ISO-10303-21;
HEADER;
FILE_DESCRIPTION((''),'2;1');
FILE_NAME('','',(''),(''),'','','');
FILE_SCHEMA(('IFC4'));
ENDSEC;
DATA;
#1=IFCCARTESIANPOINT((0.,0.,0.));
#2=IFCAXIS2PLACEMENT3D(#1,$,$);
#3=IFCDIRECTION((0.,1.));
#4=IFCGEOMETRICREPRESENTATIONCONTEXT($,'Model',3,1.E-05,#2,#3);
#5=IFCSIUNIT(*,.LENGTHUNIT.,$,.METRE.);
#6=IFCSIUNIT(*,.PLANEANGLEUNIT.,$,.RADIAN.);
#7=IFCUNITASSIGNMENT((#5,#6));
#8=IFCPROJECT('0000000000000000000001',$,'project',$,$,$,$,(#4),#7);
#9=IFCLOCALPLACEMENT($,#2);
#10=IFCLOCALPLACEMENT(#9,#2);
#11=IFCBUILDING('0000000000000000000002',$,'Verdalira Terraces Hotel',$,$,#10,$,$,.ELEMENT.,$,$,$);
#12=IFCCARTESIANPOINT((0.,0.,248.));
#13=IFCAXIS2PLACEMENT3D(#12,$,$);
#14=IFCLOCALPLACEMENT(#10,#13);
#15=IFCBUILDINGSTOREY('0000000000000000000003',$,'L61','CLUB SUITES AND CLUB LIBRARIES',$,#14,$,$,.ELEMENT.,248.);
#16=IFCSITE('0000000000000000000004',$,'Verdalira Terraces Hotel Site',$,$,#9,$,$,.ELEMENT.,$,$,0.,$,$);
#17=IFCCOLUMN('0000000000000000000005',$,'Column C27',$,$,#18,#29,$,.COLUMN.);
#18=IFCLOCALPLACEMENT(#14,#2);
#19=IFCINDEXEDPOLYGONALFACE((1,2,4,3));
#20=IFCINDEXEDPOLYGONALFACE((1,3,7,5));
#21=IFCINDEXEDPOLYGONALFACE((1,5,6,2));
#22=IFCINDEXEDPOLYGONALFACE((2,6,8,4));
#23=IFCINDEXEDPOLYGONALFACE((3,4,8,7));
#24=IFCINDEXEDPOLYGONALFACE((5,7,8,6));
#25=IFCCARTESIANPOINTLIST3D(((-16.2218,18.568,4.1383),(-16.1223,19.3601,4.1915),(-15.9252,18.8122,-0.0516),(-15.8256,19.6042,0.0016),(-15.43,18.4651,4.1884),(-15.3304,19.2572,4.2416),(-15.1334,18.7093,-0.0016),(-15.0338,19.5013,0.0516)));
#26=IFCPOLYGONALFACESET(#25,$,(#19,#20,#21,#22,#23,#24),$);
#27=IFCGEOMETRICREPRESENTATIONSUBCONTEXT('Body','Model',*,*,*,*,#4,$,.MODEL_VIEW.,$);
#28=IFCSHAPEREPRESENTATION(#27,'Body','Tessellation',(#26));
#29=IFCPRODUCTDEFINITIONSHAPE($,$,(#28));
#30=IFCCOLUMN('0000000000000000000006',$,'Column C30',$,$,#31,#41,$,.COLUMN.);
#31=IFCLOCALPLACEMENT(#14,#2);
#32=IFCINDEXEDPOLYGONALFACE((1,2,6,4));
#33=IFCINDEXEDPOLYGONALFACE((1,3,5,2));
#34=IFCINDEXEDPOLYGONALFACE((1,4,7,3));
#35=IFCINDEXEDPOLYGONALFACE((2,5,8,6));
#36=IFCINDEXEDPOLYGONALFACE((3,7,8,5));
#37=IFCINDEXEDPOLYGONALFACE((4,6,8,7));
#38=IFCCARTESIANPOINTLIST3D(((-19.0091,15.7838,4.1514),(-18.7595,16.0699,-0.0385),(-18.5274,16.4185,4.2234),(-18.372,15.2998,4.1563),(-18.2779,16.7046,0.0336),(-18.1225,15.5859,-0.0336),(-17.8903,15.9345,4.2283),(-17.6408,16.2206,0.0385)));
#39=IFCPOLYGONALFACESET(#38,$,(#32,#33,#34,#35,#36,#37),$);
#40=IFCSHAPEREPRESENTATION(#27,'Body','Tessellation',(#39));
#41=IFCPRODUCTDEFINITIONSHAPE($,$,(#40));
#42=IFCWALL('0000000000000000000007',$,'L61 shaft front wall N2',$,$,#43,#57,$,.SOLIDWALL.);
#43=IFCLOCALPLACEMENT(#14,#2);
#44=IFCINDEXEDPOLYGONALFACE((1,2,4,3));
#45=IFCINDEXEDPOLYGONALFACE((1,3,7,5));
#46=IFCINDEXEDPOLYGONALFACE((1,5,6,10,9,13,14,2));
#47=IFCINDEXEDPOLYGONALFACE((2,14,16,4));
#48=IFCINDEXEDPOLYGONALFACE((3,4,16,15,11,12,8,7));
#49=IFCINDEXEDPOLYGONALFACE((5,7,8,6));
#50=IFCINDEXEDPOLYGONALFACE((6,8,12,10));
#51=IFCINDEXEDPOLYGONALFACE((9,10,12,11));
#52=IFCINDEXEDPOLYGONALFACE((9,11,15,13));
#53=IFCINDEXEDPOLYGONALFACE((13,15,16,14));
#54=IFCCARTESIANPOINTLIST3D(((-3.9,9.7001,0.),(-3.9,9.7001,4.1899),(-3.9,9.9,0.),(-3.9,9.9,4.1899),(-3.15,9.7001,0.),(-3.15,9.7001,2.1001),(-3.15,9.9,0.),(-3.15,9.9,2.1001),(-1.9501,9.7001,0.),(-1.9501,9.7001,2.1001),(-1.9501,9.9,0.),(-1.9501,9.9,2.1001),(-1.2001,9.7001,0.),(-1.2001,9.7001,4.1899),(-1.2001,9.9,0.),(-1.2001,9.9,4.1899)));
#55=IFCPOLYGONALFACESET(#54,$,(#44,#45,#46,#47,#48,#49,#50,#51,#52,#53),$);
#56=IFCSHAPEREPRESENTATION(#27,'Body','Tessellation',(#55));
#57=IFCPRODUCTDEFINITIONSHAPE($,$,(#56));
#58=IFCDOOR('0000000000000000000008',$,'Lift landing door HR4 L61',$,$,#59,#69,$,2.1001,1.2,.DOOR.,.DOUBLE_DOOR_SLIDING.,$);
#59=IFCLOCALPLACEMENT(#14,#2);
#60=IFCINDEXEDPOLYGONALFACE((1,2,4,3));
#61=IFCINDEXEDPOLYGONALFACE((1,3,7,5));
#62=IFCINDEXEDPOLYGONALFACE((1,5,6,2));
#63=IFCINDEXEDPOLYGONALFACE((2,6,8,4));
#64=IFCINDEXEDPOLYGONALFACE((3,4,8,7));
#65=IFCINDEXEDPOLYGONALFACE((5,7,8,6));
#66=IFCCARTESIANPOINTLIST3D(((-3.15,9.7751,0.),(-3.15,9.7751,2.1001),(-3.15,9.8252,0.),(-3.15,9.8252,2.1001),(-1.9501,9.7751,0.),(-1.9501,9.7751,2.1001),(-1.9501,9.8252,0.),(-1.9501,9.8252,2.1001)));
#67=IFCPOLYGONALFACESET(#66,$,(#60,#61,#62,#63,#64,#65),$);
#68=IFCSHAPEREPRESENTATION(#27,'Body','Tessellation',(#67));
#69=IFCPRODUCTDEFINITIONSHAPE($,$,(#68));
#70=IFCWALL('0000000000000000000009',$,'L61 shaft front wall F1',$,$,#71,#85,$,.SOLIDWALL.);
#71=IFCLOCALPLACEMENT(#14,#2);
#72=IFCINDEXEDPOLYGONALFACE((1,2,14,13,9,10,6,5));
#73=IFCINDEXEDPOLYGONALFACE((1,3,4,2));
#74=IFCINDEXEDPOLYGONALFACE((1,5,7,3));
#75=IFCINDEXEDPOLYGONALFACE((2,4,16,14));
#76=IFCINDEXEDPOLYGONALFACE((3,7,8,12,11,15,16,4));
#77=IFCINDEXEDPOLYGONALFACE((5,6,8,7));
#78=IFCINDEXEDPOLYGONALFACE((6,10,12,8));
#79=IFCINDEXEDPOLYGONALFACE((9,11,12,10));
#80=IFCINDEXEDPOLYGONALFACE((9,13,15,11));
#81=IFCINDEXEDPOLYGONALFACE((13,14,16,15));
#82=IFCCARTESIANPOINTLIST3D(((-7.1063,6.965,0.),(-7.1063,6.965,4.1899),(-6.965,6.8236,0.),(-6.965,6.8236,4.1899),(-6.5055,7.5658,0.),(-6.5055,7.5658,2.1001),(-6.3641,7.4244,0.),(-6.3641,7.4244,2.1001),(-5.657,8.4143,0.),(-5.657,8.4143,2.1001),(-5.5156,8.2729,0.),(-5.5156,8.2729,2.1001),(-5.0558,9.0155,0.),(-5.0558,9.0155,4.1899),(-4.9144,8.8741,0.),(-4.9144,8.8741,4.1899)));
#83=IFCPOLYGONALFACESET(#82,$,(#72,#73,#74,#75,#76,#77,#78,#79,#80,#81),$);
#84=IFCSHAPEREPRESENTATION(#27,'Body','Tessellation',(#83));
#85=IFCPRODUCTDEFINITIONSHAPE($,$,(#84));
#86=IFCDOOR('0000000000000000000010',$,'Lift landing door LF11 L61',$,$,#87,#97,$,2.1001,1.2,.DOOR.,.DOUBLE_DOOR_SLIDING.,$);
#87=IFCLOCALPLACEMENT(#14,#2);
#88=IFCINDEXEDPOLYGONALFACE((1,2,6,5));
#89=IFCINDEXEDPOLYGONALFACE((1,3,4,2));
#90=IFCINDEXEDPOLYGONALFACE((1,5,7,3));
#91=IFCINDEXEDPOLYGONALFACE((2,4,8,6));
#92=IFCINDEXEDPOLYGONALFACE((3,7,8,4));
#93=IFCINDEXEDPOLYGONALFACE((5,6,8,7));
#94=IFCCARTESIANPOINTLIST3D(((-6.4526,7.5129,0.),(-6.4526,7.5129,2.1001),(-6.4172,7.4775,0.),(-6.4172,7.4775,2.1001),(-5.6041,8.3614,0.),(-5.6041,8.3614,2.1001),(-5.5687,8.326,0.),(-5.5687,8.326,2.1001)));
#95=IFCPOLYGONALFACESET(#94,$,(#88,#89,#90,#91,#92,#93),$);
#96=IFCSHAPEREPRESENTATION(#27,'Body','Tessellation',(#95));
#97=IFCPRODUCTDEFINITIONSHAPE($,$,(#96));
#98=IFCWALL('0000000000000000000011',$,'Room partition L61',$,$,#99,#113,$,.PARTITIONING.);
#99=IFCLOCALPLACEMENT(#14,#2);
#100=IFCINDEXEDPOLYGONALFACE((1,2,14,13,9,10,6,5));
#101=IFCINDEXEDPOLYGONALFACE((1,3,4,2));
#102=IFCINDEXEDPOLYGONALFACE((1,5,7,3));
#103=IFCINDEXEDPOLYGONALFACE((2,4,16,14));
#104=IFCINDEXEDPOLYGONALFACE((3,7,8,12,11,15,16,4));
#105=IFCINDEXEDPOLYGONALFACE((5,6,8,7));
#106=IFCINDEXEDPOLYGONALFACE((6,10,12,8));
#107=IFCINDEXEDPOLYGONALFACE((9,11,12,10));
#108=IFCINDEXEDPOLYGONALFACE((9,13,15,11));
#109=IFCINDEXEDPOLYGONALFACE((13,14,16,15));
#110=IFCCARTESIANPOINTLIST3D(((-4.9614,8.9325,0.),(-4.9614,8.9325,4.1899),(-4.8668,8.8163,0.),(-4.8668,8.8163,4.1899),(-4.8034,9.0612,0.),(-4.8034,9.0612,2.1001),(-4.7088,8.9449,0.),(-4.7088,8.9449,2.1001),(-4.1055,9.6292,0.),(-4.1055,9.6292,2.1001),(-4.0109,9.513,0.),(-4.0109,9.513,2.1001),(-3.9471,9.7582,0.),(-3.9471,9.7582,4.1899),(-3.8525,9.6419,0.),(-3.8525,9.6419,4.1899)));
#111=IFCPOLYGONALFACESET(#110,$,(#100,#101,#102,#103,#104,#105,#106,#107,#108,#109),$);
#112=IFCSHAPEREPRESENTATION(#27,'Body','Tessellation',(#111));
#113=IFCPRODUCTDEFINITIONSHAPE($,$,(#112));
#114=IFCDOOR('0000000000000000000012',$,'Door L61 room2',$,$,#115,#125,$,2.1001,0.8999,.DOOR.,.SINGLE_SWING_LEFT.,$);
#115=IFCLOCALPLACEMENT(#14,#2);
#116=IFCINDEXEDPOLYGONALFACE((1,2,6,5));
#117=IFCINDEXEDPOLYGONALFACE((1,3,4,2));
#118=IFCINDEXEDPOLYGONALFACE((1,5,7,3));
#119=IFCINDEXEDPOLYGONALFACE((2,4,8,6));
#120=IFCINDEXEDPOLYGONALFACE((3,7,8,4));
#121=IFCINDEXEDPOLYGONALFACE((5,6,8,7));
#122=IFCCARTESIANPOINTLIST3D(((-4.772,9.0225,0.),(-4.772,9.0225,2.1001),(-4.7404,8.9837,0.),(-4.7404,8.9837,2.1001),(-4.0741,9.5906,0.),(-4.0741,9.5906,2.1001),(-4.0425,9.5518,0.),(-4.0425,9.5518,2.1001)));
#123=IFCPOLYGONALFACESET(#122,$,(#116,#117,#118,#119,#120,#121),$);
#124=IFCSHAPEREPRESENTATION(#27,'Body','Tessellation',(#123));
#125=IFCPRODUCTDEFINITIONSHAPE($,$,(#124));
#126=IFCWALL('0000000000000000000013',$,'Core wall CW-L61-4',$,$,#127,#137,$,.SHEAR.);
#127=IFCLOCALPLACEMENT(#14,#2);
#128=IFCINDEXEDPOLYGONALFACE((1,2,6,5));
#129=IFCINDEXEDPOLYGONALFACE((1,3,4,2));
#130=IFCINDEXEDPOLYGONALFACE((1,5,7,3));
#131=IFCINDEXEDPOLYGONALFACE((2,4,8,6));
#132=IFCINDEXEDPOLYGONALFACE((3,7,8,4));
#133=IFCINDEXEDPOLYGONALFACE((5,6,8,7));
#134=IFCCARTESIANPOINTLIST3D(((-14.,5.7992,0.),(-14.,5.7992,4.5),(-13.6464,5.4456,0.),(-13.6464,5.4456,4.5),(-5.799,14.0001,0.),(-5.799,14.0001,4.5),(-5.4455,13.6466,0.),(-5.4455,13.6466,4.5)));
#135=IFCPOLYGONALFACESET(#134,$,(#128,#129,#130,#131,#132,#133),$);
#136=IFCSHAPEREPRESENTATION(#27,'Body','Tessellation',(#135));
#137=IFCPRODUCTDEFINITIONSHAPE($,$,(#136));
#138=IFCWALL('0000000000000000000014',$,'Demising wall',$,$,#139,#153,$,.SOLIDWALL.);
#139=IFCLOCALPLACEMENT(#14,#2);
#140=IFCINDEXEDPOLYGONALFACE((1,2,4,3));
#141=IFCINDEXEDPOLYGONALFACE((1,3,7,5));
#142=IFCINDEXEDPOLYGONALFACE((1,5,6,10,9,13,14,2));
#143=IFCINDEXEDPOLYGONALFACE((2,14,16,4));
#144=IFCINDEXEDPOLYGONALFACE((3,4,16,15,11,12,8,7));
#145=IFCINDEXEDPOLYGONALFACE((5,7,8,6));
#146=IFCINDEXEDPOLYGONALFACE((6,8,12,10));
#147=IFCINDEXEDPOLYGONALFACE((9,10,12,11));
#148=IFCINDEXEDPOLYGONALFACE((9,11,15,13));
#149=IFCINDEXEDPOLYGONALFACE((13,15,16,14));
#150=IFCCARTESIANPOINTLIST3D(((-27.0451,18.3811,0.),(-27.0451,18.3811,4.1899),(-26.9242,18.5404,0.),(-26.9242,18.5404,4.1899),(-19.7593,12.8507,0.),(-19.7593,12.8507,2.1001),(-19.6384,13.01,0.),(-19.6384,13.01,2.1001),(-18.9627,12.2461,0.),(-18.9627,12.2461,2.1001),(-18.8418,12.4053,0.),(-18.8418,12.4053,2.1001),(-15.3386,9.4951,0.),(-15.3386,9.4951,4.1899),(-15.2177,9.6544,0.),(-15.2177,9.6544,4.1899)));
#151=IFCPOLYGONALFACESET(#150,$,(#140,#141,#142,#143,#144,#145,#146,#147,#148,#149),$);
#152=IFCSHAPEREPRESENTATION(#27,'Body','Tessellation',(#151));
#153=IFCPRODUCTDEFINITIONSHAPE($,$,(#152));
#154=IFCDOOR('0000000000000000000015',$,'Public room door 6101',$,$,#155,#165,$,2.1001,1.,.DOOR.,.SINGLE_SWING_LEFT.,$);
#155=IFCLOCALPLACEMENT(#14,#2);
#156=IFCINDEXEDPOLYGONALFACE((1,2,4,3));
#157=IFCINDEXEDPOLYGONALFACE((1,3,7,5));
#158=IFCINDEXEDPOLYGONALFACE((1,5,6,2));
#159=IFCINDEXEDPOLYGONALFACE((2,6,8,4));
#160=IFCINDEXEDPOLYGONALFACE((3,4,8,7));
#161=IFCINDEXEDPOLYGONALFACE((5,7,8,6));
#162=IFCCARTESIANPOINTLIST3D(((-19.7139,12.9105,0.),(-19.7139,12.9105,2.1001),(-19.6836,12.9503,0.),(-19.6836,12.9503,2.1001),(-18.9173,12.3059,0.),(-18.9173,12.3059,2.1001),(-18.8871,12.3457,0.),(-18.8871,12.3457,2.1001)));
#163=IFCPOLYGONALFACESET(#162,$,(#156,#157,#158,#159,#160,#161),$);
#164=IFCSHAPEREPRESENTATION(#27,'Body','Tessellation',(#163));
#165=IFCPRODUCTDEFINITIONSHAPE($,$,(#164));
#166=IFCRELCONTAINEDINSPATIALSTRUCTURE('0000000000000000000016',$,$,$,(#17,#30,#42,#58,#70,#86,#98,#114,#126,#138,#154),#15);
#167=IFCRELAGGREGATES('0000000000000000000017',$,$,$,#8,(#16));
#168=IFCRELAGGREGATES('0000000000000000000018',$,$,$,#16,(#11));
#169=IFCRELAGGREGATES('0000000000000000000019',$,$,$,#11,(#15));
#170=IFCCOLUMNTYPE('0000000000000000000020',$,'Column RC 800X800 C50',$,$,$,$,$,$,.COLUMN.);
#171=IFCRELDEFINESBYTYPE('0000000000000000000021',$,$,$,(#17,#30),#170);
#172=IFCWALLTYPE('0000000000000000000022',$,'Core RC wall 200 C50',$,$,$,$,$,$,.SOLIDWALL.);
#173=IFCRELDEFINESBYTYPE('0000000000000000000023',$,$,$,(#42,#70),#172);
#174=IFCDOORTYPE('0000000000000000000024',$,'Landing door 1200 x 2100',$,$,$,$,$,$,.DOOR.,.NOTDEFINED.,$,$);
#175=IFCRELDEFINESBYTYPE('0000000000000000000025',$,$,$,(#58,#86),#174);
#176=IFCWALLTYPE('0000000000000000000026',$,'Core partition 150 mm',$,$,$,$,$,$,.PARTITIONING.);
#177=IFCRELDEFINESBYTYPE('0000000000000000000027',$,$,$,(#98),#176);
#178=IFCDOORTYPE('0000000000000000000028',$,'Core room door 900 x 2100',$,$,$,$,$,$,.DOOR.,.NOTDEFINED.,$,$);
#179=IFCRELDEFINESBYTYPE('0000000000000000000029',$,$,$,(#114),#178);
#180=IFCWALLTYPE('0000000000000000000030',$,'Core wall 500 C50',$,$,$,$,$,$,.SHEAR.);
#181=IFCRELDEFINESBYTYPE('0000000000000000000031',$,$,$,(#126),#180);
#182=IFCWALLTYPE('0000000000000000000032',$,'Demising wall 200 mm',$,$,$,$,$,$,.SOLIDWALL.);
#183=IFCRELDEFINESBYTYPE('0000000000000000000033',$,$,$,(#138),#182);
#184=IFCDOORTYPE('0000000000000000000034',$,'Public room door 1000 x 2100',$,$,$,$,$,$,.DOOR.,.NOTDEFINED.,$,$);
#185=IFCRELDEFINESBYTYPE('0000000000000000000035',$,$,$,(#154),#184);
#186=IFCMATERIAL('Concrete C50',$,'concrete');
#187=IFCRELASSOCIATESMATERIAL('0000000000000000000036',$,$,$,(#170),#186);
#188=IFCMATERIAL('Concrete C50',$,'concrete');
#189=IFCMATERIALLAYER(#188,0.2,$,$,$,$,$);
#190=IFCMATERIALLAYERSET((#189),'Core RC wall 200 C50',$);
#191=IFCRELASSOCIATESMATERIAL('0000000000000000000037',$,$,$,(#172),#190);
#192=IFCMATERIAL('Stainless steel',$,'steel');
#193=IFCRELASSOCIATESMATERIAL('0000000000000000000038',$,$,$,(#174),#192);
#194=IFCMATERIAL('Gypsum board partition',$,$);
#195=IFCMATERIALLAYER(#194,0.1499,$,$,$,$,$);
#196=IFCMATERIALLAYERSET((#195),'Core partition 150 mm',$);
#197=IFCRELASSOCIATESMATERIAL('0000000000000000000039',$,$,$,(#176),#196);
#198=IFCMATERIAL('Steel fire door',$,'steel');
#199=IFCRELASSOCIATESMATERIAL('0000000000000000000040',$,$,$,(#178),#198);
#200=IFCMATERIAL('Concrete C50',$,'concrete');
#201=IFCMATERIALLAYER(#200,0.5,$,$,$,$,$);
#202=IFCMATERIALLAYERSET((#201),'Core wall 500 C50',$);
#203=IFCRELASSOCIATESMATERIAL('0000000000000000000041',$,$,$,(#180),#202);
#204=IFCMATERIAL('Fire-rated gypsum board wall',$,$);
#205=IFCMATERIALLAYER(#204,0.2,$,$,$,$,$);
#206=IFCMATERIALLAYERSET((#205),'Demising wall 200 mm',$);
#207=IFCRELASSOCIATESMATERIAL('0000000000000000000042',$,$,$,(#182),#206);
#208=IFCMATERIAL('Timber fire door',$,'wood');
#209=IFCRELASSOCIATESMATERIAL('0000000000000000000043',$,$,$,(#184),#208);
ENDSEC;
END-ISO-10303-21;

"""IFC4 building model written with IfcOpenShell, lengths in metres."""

from ifc_helpers import new_model, si_unit, direction, frame, frame_2d, origin, origin_2d, place, context, subcontext, project, spatial, rectangle, extrude, material, layer, layer_set, material_profile, profile_set, type_object, element, fill, save


model = new_model("IFC4")

# Units and contexts
model_context = context("Model", 3, precision=1e-05, world=origin(), true_north=direction((0.0, 1.0)))
body_context = subcontext(model_context, "Body", "Model", "MODEL_VIEW")
ifc_project = project(units=[si_unit("LENGTHUNIT", "METRE"), si_unit("PLANEANGLEUNIT", "RADIAN")], contexts=[model_context])

# Site, building, storey
site_placement = place(None, origin())
site = spatial("IfcSite", under=ifc_project, at=site_placement, Name="Verdalira Terraces Hotel Site", CompositionType="ELEMENT", RefElevation=0.0)
building_placement = place(site_placement, origin())
building = spatial("IfcBuilding", under=site, at=building_placement, Name="Verdalira Terraces Hotel", CompositionType="ELEMENT")
storey_placement = place(building_placement, frame((0.0, 0.0, 248.0)))
storey = spatial("IfcBuildingStorey", under=building, at=storey_placement, Name="L61", Description="CLUB SUITES AND CLUB LIBRARIES", CompositionType="ELEMENT", Elevation=248.0)

# Columns
ifc_material_1 = material(Name="Concrete C50", Category="concrete")
ifc_material_profile = material_profile(ifc_material_1, rectangle(XDim=0.8, YDim=0.8, at=origin_2d()), Name="RC 800X800")
ifc_profile_set = profile_set([ifc_material_profile], Name="Concrete C50")
column_type = type_object("IfcColumnType", Name="Column RC 800X800 C50", PredefinedType="COLUMN", material=ifc_profile_set)
column_1_placement = place(storey_placement, frame((-15.4795, 19.1567, 0.0), z_axis=(-0.0705, -0.058025, 0.995823), x_axis=(0.98972, -0.128599, 0.062575)))
element("IfcColumn", 1, at=column_1_placement, inside=storey, type_object=column_type, Name="Column C27", PredefinedType="COLUMN", context=body_context, shape_type="SweptSolid", body=[
    extrude(rectangle(XDim=0.8, YDim=0.8, at=origin_2d()), origin(), (0.0, 0.0, 1.0), 4.2075),
])
column_2_placement = place(storey_placement, frame((-18.2002, 16.1453, 0.0), z_axis=(-0.059307, -0.068012, 0.99592), x_axis=(-0.796258, 0.604926, -0.006107)))
element("IfcColumn", 2, at=column_2_placement, inside=storey, type_object=column_type, Name="Column C30", PredefinedType="COLUMN", context=body_context, shape_type="SweptSolid", body=[
    extrude(rectangle(XDim=0.8, YDim=0.8, at=origin_2d()), origin(), (0.0, 0.0, 1.0), 4.207),
])

# Walls, openings, doors
ifc_material_2 = material(Name="Concrete C50", Category="concrete")
ifc_layer_1 = layer(ifc_material_2, 0.2)
ifc_layer_set_1 = layer_set([ifc_layer_1], Name="Core RC wall 200 C50")
wall_type_1 = type_object("IfcWallType", Name="Core RC wall 200 C50", PredefinedType="SOLIDWALL", material=ifc_layer_set_1)
wall_1_placement = place(storey_placement, frame((-1.2, 9.8, 0.0), z_axis=(0.0, 0.0, 1.0), x_axis=(-1.0, 0.0, 0.0)))
wall_1 = element("IfcWall", 3, at=wall_1_placement, inside=storey, type_object=wall_type_1, Name="L61 shaft front wall N2", PredefinedType="SOLIDWALL", context=body_context, shape_type="SweptSolid", body=[
    extrude(rectangle(XDim=2.7, YDim=0.2, at=frame_2d((1.3501, 0.0))), origin(), (0.0, 0.0, 1.0), 4.1899),
])
opening_1_placement = place(wall_1_placement, frame((0.75, 0.0, 0.0)))
opening_1 = element("IfcOpeningElement", 4, at=opening_1_placement, cuts=wall_1, PredefinedType="OPENING", context=body_context, shape_type="SweptSolid", body=[
    extrude(rectangle(XDim=1.2, YDim=2.1001, at=frame_2d((0.6001, 1.05))), frame((0.0, 0.1099, 0.0), z_axis=(0.0, -1.0, 0.0), x_axis=(1.0, 0.0, 0.0)), (0.0, 0.0, 1.0), 0.22),
])
ifc_material_3 = material(Name="Stainless steel", Category="steel")
door_type_1 = type_object("IfcDoorType", Name="Landing door 1200 x 2100", OperationType="NOTDEFINED", PredefinedType="DOOR", material=ifc_material_3)
door_1_placement = place(opening_1_placement, origin())
door_1 = element("IfcDoor", 5, at=door_1_placement, inside=storey, type_object=door_type_1, Name="Lift landing door HR4 L61", OperationType="DOUBLE_DOOR_SLIDING", OverallHeight=2.1001, OverallWidth=1.2, PredefinedType="DOOR", context=body_context, shape_type="SweptSolid", body=[
    extrude(rectangle(XDim=1.2, YDim=2.1001, at=frame_2d((0.6001, 1.05))), frame((0.0, 0.0249, 0.0), z_axis=(0.0, -1.0, 0.0), x_axis=(1.0, 0.0, 0.0)), (0.0, 0.0, 1.0), 0.05),
])
fill(opening_1, door_1)
wall_2_placement = place(storey_placement, frame((-4.9851, 8.9448, 0.0), z_axis=(0.0, 0.0, 1.0), x_axis=(-0.707107, -0.707107, 0.0)))
wall_2 = element("IfcWall", 6, at=wall_2_placement, inside=storey, type_object=wall_type_1, Name="L61 shaft front wall F1", PredefinedType="SOLIDWALL", context=body_context, shape_type="SweptSolid", body=[
    extrude(rectangle(XDim=2.8999, YDim=0.2, at=frame_2d((1.45, 0.0))), origin(), (0.0, 0.0, 1.0), 4.1899),
])
opening_2_placement = place(wall_2_placement, frame((0.8501, 0.0, 0.0)))
opening_2 = element("IfcOpeningElement", 7, at=opening_2_placement, cuts=wall_2, PredefinedType="OPENING", context=body_context, shape_type="SweptSolid", body=[
    extrude(rectangle(XDim=1.2, YDim=2.1001, at=frame_2d((0.6001, 1.05))), frame((0.0, 0.1099, 0.0), z_axis=(0.0, -1.0, 0.0), x_axis=(1.0, 0.0, 0.0)), (0.0, 0.0, 1.0), 0.22),
])
door_2_placement = place(opening_2_placement, origin())
door_2 = element("IfcDoor", 8, at=door_2_placement, inside=storey, type_object=door_type_1, Name="Lift landing door LF11 L61", OperationType="DOUBLE_DOOR_SLIDING", OverallHeight=2.1001, OverallWidth=1.2, PredefinedType="DOOR", context=body_context, shape_type="SweptSolid", body=[
    extrude(rectangle(XDim=1.2, YDim=2.1001, at=frame_2d((0.6001, 1.05))), frame((0.0, 0.0249, 0.0), z_axis=(0.0, -1.0, 0.0), x_axis=(1.0, 0.0, 0.0)), (0.0, 0.0, 1.0), 0.05),
])
fill(opening_2, door_2)
ifc_material_4 = material(Name="Gypsum board partition")
ifc_layer_2 = layer(ifc_material_4, 0.1499)
ifc_layer_set_2 = layer_set([ifc_layer_2], Name="Core partition 150 mm")
wall_type_2 = type_object("IfcWallType", Name="Core partition 150 mm", PredefinedType="PARTITIONING", material=ifc_layer_set_2)
wall_3_placement = place(storey_placement, frame((-3.8999, 9.7, 0.0), z_axis=(0.0, 0.0, 1.0), x_axis=(-0.77556, -0.631274, 0.0)))
wall_3 = element("IfcWall", 9, at=wall_3_placement, inside=storey, type_object=wall_type_2, Name="Room partition L61", PredefinedType="PARTITIONING", context=body_context, shape_type="SweptSolid", body=[
    extrude(rectangle(XDim=1.3079, YDim=0.1499, at=frame_2d((0.6538, 0.0))), origin(), (0.0, 0.0, 1.0), 4.1899),
])
opening_3_placement = place(wall_3_placement, frame((0.2041, 0.0, 0.0)))
opening_3 = element("IfcOpeningElement", 10, at=opening_3_placement, cuts=wall_3, PredefinedType="OPENING", context=body_context, shape_type="SweptSolid", body=[
    extrude(rectangle(XDim=0.8999, YDim=2.1001, at=frame_2d((0.45, 1.05))), frame((0.0, 0.085, 0.0), z_axis=(0.0, -1.0, 0.0), x_axis=(1.0, 0.0, 0.0)), (0.0, 0.0, 1.0), 0.1699),
])
ifc_material_5 = material(Name="Steel fire door", Category="steel")
door_type_2 = type_object("IfcDoorType", Name="Core room door 900 x 2100", OperationType="NOTDEFINED", PredefinedType="DOOR", material=ifc_material_5)
door_3_placement = place(opening_3_placement, origin())
door_3 = element("IfcDoor", 11, at=door_3_placement, inside=storey, type_object=door_type_2, Name="Door L61 room2", OperationType="SINGLE_SWING_LEFT", OverallHeight=2.1001, OverallWidth=0.8999, PredefinedType="DOOR", context=body_context, shape_type="SweptSolid", body=[
    extrude(rectangle(XDim=0.8999, YDim=2.1001, at=frame_2d((0.45, 1.05))), frame((0.0, 0.0249, 0.0), z_axis=(0.0, -1.0, 0.0), x_axis=(1.0, 0.0, 0.0)), (0.0, 0.0, 1.0), 0.05),
])
fill(opening_3, door_3)

# Wall
ifc_material_6 = material(Name="Concrete C50", Category="concrete")
ifc_layer_3 = layer(ifc_material_6, 0.5)
ifc_layer_set_3 = layer_set([ifc_layer_3], Name="Core wall 500 C50")
wall_type_3 = type_object("IfcWallType", Name="Core wall 500 C50", PredefinedType="SHEAR", material=ifc_layer_set_3)
wall_4_placement = place(storey_placement, frame((-5.6223, 13.8232, 0.0), z_axis=(0.0, 0.0, 1.0), x_axis=(-0.707107, -0.707107, 0.0)))
element("IfcWall", 12, at=wall_4_placement, inside=storey, type_object=wall_type_3, Name="Core wall CW-L61-4", PredefinedType="SHEAR", context=body_context, shape_type="SweptSolid", body=[
    extrude(rectangle(XDim=11.5979, YDim=0.5, at=frame_2d((5.7988, 0.0))), origin(), (0.0, 0.0, 1.0), 4.5),
])

# Wall, opening, door
ifc_material_7 = material(Name="Fire-rated gypsum board wall")
ifc_layer_4 = layer(ifc_material_7, 0.2)
ifc_layer_set_4 = layer_set([ifc_layer_4], Name="Demising wall 200 mm")
wall_type_4 = type_object("IfcWallType", Name="Demising wall 200 mm", PredefinedType="SOLIDWALL", material=ifc_layer_set_4)
wall_5_placement = place(storey_placement, frame((-15.2781, 9.5747, 0.0), z_axis=(0.0, 0.0, 1.0), x_axis=(-0.796522, 0.604609, 0.0)))
wall_5 = element("IfcWall", 13, at=wall_5_placement, inside=storey, type_object=wall_type_4, Name="Demising wall", PredefinedType="SOLIDWALL", context=body_context, shape_type="SweptSolid", body=[
    extrude(rectangle(XDim=14.697, YDim=0.2, at=frame_2d((7.3486, 0.0))), origin(), (0.0, 0.0, 1.0), 4.1899),
])
opening_4_placement = place(wall_5_placement, frame((4.55, 0.0, 0.0)))
opening_4 = element("IfcOpeningElement", 14, at=opening_4_placement, cuts=wall_5, PredefinedType="OPENING", context=body_context, shape_type="SweptSolid", body=[
    extrude(rectangle(XDim=1.0, YDim=2.1001, at=frame_2d((0.5, 1.05))), frame((0.0, 0.1099, 0.0), z_axis=(0.0, -1.0, 0.0), x_axis=(1.0, 0.0, 0.0)), (0.0, 0.0, 1.0), 0.22),
])
ifc_material_8 = material(Name="Timber fire door", Category="wood")
door_type_3 = type_object("IfcDoorType", Name="Public room door 1000 x 2100", OperationType="NOTDEFINED", PredefinedType="DOOR", material=ifc_material_8)
door_4_placement = place(opening_4_placement, origin())
door_4 = element("IfcDoor", 15, at=door_4_placement, inside=storey, type_object=door_type_3, Name="Public room door 6101", OperationType="SINGLE_SWING_LEFT", OverallHeight=2.1001, OverallWidth=1.0, PredefinedType="DOOR", context=body_context, shape_type="SweptSolid", body=[
    extrude(rectangle(XDim=1.0, YDim=2.1001, at=frame_2d((0.5, 1.05))), frame((0.0, 0.0249, 0.0), z_axis=(0.0, -1.0, 0.0), x_axis=(1.0, 0.0, 0.0)), (0.0, 0.0, 1.0), 0.05),
])
fill(opening_4, door_4)

save(model, "model.ifc")
